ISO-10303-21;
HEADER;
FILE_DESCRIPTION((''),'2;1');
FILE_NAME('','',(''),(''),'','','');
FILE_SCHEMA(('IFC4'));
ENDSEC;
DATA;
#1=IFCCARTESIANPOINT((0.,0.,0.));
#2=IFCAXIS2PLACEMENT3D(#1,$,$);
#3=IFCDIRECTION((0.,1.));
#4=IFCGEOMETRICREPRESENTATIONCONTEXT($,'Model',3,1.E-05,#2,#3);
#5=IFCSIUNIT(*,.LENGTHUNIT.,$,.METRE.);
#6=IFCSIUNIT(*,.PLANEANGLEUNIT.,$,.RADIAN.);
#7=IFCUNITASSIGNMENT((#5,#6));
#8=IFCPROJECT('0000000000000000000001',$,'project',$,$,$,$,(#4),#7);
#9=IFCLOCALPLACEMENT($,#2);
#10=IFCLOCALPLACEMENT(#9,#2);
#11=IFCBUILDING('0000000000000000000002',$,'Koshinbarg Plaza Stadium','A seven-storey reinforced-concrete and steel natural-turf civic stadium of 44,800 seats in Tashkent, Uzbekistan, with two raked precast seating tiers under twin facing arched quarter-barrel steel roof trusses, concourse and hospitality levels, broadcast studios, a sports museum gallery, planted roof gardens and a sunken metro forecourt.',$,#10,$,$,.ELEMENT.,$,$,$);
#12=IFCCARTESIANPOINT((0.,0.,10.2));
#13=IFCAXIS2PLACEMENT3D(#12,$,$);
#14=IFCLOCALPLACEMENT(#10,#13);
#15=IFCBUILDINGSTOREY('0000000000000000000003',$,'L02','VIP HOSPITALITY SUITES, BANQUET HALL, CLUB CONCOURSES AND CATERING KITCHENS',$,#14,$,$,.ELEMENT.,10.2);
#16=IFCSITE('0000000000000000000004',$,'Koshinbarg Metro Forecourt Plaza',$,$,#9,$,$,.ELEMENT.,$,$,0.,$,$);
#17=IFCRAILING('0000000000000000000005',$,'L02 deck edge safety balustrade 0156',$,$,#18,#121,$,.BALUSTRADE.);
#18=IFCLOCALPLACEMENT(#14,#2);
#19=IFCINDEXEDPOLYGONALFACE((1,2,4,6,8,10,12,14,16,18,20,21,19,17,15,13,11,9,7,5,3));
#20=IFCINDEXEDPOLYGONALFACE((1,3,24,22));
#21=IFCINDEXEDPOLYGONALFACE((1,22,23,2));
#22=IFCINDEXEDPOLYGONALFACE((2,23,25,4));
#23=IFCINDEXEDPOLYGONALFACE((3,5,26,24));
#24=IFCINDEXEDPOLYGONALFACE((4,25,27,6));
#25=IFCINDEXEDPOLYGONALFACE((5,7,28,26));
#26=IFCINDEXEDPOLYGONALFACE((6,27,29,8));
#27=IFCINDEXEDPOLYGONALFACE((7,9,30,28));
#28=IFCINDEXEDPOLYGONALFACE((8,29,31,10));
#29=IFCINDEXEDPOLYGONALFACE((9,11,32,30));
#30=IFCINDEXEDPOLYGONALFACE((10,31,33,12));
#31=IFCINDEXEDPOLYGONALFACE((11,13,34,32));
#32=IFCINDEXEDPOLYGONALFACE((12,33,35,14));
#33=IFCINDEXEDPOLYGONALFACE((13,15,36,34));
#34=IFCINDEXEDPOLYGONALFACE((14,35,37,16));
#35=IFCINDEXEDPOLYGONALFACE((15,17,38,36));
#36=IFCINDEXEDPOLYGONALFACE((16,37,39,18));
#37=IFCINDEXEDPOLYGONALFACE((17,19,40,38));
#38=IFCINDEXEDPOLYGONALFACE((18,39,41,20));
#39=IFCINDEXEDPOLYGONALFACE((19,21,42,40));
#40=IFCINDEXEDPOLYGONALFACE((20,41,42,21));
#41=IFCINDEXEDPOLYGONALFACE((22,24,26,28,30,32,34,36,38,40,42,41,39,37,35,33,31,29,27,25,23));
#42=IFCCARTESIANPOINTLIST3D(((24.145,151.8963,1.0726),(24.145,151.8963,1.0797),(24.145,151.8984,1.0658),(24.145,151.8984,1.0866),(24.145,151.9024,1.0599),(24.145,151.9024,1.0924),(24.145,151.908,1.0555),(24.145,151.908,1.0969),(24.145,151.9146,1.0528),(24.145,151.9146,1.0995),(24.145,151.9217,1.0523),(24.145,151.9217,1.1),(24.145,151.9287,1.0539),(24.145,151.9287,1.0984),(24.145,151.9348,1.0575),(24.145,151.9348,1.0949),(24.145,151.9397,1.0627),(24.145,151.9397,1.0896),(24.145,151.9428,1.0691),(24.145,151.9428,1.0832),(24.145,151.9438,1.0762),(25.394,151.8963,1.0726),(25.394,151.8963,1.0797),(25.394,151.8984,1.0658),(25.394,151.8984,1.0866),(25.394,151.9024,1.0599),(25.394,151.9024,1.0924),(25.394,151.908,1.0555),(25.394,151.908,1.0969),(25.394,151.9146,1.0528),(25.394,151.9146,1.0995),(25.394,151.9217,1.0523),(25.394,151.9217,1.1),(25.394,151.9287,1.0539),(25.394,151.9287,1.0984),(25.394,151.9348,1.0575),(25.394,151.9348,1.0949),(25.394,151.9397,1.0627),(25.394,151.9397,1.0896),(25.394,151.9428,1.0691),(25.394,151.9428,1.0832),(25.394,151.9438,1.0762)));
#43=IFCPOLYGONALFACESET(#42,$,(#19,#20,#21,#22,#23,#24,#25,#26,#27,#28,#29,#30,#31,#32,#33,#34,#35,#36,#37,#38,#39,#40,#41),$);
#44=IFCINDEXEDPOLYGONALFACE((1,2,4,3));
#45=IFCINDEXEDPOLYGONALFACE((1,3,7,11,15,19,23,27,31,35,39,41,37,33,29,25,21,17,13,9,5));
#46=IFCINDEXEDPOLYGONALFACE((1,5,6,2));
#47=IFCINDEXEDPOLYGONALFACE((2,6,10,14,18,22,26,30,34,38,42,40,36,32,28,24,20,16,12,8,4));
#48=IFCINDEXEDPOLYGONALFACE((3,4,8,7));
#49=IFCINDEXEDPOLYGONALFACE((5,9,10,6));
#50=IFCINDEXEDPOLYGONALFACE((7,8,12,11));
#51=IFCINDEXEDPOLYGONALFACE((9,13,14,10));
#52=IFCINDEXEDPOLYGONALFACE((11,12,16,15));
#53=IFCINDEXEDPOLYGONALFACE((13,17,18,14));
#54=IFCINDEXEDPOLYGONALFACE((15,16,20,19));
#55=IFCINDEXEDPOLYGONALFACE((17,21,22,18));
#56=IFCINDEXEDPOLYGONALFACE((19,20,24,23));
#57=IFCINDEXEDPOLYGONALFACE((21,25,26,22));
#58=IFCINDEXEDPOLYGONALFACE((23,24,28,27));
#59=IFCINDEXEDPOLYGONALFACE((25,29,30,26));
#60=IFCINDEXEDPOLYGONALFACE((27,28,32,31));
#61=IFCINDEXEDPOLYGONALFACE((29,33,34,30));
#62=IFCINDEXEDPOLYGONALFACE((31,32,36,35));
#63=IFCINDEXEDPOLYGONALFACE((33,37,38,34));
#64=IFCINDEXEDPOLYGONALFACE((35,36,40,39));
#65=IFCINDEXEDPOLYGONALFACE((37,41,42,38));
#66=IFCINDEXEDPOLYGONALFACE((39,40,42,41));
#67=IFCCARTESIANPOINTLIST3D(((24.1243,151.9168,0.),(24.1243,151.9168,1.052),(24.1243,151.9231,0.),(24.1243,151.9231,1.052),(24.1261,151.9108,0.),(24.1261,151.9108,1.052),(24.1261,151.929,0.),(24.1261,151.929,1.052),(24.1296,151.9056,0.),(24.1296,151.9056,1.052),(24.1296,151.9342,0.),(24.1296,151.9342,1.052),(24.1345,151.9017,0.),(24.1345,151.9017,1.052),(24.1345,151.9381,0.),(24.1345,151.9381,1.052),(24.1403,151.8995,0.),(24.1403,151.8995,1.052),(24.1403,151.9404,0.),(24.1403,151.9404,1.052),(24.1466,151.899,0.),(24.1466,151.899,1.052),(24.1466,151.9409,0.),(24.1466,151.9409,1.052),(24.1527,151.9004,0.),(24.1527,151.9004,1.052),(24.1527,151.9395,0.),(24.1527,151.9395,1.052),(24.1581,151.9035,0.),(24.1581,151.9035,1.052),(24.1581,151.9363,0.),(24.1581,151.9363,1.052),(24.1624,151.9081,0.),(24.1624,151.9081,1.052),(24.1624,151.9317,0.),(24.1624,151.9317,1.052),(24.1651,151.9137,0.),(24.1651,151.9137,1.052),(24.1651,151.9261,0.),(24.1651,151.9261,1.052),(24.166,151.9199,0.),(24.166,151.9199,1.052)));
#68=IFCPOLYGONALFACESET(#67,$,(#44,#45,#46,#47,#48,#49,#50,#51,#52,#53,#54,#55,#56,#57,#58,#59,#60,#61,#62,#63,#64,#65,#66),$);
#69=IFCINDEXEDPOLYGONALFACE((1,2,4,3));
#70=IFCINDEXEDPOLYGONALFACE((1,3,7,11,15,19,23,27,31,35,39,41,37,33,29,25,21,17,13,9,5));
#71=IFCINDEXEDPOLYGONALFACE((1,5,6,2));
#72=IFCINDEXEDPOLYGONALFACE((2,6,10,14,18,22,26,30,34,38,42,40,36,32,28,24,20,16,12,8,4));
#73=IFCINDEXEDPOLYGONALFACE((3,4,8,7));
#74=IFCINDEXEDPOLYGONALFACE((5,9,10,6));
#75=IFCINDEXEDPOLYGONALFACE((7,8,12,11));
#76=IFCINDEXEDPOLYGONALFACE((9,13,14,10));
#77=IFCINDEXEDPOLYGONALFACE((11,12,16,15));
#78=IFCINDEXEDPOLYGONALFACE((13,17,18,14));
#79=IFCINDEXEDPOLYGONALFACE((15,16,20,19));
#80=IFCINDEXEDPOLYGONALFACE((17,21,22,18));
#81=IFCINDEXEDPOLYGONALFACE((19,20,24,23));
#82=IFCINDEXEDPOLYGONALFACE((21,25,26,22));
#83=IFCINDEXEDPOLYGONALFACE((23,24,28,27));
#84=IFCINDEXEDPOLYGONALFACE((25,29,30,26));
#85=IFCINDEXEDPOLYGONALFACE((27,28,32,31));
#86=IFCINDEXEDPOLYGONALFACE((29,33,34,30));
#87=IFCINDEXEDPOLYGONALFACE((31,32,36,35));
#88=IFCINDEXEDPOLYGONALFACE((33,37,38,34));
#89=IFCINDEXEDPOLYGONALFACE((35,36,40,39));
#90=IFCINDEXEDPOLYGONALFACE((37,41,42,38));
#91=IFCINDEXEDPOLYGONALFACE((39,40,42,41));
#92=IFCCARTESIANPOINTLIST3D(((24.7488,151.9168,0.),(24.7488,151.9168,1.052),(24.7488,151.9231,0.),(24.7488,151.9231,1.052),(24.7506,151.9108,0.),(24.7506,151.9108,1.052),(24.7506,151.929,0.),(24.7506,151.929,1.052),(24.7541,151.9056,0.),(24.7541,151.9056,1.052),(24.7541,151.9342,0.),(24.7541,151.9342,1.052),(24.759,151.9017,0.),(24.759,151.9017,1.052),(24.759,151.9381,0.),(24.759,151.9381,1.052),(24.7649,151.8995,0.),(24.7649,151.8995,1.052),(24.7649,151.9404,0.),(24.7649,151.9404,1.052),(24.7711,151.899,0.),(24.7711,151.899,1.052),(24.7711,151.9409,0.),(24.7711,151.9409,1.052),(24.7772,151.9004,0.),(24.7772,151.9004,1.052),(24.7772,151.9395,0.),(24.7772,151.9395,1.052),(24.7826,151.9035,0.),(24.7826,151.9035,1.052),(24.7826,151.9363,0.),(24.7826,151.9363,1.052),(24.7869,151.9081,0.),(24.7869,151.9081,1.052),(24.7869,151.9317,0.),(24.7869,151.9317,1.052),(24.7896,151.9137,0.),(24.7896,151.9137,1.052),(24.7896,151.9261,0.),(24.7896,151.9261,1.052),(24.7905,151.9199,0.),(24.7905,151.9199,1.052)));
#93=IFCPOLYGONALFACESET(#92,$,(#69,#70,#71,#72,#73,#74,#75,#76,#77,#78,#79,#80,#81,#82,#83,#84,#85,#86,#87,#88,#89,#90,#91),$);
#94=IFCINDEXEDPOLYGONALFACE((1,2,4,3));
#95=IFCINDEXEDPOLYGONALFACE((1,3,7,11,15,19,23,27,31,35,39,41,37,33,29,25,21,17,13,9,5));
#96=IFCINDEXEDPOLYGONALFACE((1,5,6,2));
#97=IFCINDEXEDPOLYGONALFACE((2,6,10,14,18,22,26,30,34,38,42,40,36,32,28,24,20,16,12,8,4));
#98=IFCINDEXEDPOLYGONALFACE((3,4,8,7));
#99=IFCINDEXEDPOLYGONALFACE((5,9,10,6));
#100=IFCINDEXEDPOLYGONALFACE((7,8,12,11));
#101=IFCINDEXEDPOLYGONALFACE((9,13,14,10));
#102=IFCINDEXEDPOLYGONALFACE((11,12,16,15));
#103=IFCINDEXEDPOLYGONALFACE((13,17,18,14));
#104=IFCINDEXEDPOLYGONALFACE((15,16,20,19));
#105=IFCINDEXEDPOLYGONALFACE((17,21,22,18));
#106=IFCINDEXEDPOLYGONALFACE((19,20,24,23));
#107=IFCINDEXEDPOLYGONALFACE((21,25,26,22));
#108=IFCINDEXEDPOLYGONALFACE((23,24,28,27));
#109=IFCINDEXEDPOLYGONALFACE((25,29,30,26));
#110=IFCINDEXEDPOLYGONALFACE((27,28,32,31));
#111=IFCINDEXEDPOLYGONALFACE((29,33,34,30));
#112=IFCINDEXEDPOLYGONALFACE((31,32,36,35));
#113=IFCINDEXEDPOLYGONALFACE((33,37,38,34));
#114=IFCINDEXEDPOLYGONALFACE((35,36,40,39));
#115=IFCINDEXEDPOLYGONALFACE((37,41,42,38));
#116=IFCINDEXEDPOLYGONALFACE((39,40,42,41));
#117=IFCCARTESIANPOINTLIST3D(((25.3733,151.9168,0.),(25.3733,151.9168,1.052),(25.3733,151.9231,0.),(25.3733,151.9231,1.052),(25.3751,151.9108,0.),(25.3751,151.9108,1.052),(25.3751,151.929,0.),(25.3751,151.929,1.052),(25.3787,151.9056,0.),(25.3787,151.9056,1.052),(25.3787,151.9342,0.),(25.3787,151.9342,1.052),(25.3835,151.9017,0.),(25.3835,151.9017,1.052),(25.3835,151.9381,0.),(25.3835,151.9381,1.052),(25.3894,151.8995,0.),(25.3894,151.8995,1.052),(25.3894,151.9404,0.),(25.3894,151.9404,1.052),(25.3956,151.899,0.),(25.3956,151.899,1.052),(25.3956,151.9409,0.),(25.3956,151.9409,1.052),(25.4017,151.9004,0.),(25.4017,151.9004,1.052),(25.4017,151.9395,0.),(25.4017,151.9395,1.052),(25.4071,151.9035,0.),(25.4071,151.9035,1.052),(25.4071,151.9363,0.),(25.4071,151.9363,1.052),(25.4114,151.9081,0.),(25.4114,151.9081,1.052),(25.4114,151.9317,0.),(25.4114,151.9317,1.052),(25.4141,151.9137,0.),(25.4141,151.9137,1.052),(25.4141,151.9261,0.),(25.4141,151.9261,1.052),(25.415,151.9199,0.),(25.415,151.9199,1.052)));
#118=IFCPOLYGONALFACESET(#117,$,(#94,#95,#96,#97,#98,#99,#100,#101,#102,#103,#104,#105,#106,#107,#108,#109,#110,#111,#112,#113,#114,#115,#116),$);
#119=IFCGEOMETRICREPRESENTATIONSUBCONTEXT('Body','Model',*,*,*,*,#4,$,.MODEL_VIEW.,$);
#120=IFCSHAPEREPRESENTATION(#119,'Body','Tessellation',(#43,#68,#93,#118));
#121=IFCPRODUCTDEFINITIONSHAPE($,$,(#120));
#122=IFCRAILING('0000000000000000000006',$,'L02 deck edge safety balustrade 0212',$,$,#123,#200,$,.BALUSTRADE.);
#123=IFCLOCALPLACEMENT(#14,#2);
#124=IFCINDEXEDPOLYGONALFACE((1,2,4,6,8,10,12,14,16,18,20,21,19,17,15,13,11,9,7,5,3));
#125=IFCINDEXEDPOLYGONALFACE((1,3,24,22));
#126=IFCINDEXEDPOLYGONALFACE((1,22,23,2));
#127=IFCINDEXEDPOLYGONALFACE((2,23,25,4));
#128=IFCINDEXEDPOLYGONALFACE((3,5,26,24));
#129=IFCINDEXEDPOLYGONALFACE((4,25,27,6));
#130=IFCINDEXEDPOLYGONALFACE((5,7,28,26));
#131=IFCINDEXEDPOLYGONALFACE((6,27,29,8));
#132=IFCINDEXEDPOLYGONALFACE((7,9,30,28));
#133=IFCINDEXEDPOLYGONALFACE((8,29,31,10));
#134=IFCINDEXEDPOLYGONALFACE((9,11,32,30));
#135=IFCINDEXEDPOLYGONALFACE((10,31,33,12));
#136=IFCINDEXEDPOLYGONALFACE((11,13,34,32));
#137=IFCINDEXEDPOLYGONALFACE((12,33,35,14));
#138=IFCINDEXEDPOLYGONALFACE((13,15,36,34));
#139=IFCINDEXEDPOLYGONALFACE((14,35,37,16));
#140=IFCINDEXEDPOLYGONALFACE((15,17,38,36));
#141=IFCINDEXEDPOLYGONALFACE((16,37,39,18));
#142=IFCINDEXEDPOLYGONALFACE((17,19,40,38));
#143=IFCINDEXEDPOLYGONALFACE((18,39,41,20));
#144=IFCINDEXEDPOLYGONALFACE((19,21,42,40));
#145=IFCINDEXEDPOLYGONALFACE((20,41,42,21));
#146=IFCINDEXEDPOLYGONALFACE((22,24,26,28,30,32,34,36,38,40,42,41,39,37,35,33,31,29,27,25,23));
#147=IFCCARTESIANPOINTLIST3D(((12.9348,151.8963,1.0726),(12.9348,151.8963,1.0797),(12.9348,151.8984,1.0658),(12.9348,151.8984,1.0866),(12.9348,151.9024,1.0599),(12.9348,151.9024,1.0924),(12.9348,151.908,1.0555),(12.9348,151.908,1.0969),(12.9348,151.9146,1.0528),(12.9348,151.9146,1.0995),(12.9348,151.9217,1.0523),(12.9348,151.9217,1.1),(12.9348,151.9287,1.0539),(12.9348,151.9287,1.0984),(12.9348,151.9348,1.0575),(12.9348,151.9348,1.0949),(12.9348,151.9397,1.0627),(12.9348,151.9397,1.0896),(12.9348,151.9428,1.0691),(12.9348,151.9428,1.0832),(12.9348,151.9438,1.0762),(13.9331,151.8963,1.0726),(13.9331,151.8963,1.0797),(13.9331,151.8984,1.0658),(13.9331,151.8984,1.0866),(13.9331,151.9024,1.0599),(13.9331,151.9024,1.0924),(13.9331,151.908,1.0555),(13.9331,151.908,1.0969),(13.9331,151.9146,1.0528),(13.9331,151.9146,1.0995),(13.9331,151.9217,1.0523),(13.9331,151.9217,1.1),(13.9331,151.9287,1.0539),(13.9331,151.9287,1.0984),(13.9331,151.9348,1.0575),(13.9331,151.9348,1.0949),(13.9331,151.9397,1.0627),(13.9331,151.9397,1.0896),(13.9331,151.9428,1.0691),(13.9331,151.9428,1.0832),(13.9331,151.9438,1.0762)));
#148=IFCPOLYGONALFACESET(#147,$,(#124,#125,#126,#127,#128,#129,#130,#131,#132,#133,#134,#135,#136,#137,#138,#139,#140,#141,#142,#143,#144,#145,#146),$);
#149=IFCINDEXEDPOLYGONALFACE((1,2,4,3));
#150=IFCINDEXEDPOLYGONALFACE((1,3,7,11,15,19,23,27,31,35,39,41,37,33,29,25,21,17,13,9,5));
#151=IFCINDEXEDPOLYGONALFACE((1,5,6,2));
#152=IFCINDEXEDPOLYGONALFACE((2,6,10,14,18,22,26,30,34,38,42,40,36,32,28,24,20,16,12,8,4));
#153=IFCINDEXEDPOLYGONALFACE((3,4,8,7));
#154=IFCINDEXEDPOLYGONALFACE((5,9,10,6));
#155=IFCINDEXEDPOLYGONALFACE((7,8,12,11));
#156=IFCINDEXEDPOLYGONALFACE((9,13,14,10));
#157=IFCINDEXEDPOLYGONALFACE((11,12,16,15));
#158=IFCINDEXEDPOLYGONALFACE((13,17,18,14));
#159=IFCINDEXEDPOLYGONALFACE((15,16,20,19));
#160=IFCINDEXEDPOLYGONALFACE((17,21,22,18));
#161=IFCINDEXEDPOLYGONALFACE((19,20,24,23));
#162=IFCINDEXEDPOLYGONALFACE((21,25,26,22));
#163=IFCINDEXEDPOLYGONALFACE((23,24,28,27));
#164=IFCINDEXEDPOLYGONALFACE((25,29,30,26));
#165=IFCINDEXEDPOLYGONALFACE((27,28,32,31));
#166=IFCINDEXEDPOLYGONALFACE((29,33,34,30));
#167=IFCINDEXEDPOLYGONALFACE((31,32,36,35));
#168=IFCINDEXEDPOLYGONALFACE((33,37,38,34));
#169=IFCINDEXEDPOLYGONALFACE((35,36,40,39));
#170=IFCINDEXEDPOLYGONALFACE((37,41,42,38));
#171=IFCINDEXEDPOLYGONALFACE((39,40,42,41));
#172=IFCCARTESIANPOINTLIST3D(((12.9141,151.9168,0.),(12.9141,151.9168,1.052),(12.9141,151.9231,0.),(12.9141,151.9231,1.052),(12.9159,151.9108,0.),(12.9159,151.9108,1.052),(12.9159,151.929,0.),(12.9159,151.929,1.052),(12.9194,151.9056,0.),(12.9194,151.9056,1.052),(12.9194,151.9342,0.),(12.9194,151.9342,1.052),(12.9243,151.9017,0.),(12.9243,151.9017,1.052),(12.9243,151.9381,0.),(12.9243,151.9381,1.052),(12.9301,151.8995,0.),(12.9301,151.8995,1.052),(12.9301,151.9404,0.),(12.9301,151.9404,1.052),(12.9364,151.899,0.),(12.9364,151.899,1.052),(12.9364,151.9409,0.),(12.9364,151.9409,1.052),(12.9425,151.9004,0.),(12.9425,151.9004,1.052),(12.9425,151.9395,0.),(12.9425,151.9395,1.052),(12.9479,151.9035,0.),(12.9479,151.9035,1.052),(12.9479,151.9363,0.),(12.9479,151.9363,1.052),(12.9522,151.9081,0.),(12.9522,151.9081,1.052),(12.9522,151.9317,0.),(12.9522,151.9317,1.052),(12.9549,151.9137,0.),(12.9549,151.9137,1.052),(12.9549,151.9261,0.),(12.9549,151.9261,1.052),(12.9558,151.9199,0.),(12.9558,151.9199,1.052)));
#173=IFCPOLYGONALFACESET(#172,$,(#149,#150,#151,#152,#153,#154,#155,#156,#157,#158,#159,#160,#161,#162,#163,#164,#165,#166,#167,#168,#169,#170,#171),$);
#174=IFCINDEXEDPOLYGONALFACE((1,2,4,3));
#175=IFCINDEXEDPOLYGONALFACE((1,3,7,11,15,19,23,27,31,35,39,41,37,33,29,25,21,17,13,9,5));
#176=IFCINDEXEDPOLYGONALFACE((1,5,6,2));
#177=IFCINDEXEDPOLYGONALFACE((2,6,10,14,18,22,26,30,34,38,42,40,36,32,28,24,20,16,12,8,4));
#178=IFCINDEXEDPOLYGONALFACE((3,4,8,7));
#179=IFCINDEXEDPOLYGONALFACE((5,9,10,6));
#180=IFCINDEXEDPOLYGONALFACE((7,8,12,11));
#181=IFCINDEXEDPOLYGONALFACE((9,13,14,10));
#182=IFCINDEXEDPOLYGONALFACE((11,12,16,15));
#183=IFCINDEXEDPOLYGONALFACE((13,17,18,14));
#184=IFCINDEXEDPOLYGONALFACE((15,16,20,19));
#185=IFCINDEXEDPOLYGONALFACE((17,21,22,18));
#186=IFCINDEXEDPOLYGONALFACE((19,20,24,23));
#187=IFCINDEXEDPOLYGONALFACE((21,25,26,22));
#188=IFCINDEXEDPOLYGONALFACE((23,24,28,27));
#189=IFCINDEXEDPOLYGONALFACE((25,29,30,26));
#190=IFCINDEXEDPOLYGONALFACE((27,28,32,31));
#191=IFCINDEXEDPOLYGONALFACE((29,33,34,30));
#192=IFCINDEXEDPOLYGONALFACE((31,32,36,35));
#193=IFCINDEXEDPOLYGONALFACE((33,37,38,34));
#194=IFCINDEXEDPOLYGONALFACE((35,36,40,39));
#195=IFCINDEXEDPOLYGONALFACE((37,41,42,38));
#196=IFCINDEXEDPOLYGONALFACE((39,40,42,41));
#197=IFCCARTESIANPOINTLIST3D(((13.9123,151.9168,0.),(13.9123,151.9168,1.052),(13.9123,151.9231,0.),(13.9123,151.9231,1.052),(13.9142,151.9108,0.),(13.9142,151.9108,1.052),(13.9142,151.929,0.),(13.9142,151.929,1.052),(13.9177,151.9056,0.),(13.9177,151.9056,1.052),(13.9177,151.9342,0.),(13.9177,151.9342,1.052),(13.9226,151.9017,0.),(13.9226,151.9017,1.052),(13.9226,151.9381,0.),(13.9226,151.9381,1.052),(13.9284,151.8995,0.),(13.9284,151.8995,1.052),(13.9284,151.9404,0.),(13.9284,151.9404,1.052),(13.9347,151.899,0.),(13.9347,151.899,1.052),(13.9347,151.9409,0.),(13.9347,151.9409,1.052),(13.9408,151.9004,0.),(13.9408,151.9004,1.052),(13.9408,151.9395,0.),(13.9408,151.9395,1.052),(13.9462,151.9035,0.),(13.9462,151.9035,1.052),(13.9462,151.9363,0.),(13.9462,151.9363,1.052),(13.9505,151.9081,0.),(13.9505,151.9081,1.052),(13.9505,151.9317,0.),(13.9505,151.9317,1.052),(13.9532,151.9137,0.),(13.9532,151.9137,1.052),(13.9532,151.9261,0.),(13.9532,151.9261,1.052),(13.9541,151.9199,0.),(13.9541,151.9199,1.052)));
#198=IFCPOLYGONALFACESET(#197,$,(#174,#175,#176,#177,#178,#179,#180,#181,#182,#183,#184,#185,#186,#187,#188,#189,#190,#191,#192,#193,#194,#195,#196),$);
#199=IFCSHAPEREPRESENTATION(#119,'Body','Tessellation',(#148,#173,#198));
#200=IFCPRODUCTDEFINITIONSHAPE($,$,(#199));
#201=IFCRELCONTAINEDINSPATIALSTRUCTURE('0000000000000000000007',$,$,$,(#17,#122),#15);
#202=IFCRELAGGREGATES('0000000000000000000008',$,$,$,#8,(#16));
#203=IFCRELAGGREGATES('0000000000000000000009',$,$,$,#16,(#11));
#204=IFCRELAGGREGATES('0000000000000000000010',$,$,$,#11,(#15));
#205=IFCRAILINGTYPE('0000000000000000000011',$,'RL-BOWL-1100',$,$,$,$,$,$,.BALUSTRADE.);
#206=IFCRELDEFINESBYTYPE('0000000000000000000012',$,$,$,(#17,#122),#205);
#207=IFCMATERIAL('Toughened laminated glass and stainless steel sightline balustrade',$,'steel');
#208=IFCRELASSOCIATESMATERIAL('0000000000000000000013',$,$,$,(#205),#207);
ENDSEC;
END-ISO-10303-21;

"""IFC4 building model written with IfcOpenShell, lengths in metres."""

from ifc_helpers import new_model, si_unit, direction, frame, origin, origin_2d, place, context, subcontext, project, spatial, circle, extrude, material, type_object, element, save


model = new_model("IFC4")

# Units and contexts
model_context = context("Model", 3, precision=1e-05, world=origin(), true_north=direction((0.0, 1.0)))
body_context = subcontext(model_context, "Body", "Model", "MODEL_VIEW")
ifc_project = project(units=[si_unit("LENGTHUNIT", "METRE"), si_unit("PLANEANGLEUNIT", "RADIAN")], contexts=[model_context])

# Site, building, storey
site_placement = place(None, origin())
site = spatial("IfcSite", under=ifc_project, at=site_placement, Name="Koshinbarg Metro Forecourt Plaza", CompositionType="ELEMENT", RefElevation=0.0)
building_placement = place(site_placement, origin())
building = spatial("IfcBuilding", under=site, at=building_placement, Name="Koshinbarg Plaza Stadium", Description="A seven-storey reinforced-concrete and steel natural-turf civic stadium of 44,800 seats in Tashkent, Uzbekistan, with two raked precast seating tiers under twin facing arched quarter-barrel steel roof trusses, concourse and hospitality levels, broadcast studios, a sports museum gallery, planted roof gardens and a sunken metro forecourt.", CompositionType="ELEMENT")
storey_placement = place(building_placement, frame((0.0, 0.0, 10.2)))
storey = spatial("IfcBuildingStorey", under=building, at=storey_placement, Name="L02", Description="VIP HOSPITALITY SUITES, BANQUET HALL, CLUB CONCOURSES AND CATERING KITCHENS", CompositionType="ELEMENT", Elevation=10.2)

# Railings
ifc_material_1 = material(Name="Toughened laminated glass and stainless steel sightline balustrade", Category="steel")
railing_type = type_object("IfcRailingType", Name="RL-BOWL-1100", PredefinedType="BALUSTRADE", material=ifc_material_1)
railing_1_placement = place(storey_placement, frame((24.145, 151.9199, 0.0)))
element("IfcRailing", 1, at=railing_1_placement, inside=storey, type_object=railing_type, Name="L02 deck edge safety balustrade 0156", PredefinedType="BALUSTRADE", context=body_context, shape_type="SweptSolid", body=[
    extrude(circle(Radius=0.0239, at=origin_2d()), frame((0.0, 0.0, 1.0762), z_axis=(1.0, 0.0, 0.0), x_axis=(0.0, 1.0, 0.0)), (0.0, 0.0, 1.0), 1.249),
    extrude(circle(Radius=0.021, at=origin_2d()), origin(), (0.0, 0.0, 1.0), 1.052),
    extrude(circle(Radius=0.021, at=origin_2d()), frame((0.6245, 0.0, 0.0)), (0.0, 0.0, 1.0), 1.052),
    extrude(circle(Radius=0.021, at=origin_2d()), frame((1.249, 0.0, 0.0)), (0.0, 0.0, 1.0), 1.052),
])
railing_2_placement = place(storey_placement, frame((12.9348, 151.9199, 0.0)))
element("IfcRailing", 2, at=railing_2_placement, inside=storey, type_object=railing_type, Name="L02 deck edge safety balustrade 0212", PredefinedType="BALUSTRADE", context=body_context, shape_type="SweptSolid", body=[
    extrude(circle(Radius=0.0239, at=origin_2d()), frame((0.0, 0.0, 1.0762), z_axis=(1.0, 0.0, 0.0), x_axis=(0.0, 1.0, 0.0)), (0.0, 0.0, 1.0), 0.9983),
    extrude(circle(Radius=0.021, at=origin_2d()), origin(), (0.0, 0.0, 1.0), 1.052),
    extrude(circle(Radius=0.021, at=origin_2d()), frame((0.9983, 0.0, 0.0)), (0.0, 0.0, 1.0), 1.052),
])

save(model, "model.ifc")
